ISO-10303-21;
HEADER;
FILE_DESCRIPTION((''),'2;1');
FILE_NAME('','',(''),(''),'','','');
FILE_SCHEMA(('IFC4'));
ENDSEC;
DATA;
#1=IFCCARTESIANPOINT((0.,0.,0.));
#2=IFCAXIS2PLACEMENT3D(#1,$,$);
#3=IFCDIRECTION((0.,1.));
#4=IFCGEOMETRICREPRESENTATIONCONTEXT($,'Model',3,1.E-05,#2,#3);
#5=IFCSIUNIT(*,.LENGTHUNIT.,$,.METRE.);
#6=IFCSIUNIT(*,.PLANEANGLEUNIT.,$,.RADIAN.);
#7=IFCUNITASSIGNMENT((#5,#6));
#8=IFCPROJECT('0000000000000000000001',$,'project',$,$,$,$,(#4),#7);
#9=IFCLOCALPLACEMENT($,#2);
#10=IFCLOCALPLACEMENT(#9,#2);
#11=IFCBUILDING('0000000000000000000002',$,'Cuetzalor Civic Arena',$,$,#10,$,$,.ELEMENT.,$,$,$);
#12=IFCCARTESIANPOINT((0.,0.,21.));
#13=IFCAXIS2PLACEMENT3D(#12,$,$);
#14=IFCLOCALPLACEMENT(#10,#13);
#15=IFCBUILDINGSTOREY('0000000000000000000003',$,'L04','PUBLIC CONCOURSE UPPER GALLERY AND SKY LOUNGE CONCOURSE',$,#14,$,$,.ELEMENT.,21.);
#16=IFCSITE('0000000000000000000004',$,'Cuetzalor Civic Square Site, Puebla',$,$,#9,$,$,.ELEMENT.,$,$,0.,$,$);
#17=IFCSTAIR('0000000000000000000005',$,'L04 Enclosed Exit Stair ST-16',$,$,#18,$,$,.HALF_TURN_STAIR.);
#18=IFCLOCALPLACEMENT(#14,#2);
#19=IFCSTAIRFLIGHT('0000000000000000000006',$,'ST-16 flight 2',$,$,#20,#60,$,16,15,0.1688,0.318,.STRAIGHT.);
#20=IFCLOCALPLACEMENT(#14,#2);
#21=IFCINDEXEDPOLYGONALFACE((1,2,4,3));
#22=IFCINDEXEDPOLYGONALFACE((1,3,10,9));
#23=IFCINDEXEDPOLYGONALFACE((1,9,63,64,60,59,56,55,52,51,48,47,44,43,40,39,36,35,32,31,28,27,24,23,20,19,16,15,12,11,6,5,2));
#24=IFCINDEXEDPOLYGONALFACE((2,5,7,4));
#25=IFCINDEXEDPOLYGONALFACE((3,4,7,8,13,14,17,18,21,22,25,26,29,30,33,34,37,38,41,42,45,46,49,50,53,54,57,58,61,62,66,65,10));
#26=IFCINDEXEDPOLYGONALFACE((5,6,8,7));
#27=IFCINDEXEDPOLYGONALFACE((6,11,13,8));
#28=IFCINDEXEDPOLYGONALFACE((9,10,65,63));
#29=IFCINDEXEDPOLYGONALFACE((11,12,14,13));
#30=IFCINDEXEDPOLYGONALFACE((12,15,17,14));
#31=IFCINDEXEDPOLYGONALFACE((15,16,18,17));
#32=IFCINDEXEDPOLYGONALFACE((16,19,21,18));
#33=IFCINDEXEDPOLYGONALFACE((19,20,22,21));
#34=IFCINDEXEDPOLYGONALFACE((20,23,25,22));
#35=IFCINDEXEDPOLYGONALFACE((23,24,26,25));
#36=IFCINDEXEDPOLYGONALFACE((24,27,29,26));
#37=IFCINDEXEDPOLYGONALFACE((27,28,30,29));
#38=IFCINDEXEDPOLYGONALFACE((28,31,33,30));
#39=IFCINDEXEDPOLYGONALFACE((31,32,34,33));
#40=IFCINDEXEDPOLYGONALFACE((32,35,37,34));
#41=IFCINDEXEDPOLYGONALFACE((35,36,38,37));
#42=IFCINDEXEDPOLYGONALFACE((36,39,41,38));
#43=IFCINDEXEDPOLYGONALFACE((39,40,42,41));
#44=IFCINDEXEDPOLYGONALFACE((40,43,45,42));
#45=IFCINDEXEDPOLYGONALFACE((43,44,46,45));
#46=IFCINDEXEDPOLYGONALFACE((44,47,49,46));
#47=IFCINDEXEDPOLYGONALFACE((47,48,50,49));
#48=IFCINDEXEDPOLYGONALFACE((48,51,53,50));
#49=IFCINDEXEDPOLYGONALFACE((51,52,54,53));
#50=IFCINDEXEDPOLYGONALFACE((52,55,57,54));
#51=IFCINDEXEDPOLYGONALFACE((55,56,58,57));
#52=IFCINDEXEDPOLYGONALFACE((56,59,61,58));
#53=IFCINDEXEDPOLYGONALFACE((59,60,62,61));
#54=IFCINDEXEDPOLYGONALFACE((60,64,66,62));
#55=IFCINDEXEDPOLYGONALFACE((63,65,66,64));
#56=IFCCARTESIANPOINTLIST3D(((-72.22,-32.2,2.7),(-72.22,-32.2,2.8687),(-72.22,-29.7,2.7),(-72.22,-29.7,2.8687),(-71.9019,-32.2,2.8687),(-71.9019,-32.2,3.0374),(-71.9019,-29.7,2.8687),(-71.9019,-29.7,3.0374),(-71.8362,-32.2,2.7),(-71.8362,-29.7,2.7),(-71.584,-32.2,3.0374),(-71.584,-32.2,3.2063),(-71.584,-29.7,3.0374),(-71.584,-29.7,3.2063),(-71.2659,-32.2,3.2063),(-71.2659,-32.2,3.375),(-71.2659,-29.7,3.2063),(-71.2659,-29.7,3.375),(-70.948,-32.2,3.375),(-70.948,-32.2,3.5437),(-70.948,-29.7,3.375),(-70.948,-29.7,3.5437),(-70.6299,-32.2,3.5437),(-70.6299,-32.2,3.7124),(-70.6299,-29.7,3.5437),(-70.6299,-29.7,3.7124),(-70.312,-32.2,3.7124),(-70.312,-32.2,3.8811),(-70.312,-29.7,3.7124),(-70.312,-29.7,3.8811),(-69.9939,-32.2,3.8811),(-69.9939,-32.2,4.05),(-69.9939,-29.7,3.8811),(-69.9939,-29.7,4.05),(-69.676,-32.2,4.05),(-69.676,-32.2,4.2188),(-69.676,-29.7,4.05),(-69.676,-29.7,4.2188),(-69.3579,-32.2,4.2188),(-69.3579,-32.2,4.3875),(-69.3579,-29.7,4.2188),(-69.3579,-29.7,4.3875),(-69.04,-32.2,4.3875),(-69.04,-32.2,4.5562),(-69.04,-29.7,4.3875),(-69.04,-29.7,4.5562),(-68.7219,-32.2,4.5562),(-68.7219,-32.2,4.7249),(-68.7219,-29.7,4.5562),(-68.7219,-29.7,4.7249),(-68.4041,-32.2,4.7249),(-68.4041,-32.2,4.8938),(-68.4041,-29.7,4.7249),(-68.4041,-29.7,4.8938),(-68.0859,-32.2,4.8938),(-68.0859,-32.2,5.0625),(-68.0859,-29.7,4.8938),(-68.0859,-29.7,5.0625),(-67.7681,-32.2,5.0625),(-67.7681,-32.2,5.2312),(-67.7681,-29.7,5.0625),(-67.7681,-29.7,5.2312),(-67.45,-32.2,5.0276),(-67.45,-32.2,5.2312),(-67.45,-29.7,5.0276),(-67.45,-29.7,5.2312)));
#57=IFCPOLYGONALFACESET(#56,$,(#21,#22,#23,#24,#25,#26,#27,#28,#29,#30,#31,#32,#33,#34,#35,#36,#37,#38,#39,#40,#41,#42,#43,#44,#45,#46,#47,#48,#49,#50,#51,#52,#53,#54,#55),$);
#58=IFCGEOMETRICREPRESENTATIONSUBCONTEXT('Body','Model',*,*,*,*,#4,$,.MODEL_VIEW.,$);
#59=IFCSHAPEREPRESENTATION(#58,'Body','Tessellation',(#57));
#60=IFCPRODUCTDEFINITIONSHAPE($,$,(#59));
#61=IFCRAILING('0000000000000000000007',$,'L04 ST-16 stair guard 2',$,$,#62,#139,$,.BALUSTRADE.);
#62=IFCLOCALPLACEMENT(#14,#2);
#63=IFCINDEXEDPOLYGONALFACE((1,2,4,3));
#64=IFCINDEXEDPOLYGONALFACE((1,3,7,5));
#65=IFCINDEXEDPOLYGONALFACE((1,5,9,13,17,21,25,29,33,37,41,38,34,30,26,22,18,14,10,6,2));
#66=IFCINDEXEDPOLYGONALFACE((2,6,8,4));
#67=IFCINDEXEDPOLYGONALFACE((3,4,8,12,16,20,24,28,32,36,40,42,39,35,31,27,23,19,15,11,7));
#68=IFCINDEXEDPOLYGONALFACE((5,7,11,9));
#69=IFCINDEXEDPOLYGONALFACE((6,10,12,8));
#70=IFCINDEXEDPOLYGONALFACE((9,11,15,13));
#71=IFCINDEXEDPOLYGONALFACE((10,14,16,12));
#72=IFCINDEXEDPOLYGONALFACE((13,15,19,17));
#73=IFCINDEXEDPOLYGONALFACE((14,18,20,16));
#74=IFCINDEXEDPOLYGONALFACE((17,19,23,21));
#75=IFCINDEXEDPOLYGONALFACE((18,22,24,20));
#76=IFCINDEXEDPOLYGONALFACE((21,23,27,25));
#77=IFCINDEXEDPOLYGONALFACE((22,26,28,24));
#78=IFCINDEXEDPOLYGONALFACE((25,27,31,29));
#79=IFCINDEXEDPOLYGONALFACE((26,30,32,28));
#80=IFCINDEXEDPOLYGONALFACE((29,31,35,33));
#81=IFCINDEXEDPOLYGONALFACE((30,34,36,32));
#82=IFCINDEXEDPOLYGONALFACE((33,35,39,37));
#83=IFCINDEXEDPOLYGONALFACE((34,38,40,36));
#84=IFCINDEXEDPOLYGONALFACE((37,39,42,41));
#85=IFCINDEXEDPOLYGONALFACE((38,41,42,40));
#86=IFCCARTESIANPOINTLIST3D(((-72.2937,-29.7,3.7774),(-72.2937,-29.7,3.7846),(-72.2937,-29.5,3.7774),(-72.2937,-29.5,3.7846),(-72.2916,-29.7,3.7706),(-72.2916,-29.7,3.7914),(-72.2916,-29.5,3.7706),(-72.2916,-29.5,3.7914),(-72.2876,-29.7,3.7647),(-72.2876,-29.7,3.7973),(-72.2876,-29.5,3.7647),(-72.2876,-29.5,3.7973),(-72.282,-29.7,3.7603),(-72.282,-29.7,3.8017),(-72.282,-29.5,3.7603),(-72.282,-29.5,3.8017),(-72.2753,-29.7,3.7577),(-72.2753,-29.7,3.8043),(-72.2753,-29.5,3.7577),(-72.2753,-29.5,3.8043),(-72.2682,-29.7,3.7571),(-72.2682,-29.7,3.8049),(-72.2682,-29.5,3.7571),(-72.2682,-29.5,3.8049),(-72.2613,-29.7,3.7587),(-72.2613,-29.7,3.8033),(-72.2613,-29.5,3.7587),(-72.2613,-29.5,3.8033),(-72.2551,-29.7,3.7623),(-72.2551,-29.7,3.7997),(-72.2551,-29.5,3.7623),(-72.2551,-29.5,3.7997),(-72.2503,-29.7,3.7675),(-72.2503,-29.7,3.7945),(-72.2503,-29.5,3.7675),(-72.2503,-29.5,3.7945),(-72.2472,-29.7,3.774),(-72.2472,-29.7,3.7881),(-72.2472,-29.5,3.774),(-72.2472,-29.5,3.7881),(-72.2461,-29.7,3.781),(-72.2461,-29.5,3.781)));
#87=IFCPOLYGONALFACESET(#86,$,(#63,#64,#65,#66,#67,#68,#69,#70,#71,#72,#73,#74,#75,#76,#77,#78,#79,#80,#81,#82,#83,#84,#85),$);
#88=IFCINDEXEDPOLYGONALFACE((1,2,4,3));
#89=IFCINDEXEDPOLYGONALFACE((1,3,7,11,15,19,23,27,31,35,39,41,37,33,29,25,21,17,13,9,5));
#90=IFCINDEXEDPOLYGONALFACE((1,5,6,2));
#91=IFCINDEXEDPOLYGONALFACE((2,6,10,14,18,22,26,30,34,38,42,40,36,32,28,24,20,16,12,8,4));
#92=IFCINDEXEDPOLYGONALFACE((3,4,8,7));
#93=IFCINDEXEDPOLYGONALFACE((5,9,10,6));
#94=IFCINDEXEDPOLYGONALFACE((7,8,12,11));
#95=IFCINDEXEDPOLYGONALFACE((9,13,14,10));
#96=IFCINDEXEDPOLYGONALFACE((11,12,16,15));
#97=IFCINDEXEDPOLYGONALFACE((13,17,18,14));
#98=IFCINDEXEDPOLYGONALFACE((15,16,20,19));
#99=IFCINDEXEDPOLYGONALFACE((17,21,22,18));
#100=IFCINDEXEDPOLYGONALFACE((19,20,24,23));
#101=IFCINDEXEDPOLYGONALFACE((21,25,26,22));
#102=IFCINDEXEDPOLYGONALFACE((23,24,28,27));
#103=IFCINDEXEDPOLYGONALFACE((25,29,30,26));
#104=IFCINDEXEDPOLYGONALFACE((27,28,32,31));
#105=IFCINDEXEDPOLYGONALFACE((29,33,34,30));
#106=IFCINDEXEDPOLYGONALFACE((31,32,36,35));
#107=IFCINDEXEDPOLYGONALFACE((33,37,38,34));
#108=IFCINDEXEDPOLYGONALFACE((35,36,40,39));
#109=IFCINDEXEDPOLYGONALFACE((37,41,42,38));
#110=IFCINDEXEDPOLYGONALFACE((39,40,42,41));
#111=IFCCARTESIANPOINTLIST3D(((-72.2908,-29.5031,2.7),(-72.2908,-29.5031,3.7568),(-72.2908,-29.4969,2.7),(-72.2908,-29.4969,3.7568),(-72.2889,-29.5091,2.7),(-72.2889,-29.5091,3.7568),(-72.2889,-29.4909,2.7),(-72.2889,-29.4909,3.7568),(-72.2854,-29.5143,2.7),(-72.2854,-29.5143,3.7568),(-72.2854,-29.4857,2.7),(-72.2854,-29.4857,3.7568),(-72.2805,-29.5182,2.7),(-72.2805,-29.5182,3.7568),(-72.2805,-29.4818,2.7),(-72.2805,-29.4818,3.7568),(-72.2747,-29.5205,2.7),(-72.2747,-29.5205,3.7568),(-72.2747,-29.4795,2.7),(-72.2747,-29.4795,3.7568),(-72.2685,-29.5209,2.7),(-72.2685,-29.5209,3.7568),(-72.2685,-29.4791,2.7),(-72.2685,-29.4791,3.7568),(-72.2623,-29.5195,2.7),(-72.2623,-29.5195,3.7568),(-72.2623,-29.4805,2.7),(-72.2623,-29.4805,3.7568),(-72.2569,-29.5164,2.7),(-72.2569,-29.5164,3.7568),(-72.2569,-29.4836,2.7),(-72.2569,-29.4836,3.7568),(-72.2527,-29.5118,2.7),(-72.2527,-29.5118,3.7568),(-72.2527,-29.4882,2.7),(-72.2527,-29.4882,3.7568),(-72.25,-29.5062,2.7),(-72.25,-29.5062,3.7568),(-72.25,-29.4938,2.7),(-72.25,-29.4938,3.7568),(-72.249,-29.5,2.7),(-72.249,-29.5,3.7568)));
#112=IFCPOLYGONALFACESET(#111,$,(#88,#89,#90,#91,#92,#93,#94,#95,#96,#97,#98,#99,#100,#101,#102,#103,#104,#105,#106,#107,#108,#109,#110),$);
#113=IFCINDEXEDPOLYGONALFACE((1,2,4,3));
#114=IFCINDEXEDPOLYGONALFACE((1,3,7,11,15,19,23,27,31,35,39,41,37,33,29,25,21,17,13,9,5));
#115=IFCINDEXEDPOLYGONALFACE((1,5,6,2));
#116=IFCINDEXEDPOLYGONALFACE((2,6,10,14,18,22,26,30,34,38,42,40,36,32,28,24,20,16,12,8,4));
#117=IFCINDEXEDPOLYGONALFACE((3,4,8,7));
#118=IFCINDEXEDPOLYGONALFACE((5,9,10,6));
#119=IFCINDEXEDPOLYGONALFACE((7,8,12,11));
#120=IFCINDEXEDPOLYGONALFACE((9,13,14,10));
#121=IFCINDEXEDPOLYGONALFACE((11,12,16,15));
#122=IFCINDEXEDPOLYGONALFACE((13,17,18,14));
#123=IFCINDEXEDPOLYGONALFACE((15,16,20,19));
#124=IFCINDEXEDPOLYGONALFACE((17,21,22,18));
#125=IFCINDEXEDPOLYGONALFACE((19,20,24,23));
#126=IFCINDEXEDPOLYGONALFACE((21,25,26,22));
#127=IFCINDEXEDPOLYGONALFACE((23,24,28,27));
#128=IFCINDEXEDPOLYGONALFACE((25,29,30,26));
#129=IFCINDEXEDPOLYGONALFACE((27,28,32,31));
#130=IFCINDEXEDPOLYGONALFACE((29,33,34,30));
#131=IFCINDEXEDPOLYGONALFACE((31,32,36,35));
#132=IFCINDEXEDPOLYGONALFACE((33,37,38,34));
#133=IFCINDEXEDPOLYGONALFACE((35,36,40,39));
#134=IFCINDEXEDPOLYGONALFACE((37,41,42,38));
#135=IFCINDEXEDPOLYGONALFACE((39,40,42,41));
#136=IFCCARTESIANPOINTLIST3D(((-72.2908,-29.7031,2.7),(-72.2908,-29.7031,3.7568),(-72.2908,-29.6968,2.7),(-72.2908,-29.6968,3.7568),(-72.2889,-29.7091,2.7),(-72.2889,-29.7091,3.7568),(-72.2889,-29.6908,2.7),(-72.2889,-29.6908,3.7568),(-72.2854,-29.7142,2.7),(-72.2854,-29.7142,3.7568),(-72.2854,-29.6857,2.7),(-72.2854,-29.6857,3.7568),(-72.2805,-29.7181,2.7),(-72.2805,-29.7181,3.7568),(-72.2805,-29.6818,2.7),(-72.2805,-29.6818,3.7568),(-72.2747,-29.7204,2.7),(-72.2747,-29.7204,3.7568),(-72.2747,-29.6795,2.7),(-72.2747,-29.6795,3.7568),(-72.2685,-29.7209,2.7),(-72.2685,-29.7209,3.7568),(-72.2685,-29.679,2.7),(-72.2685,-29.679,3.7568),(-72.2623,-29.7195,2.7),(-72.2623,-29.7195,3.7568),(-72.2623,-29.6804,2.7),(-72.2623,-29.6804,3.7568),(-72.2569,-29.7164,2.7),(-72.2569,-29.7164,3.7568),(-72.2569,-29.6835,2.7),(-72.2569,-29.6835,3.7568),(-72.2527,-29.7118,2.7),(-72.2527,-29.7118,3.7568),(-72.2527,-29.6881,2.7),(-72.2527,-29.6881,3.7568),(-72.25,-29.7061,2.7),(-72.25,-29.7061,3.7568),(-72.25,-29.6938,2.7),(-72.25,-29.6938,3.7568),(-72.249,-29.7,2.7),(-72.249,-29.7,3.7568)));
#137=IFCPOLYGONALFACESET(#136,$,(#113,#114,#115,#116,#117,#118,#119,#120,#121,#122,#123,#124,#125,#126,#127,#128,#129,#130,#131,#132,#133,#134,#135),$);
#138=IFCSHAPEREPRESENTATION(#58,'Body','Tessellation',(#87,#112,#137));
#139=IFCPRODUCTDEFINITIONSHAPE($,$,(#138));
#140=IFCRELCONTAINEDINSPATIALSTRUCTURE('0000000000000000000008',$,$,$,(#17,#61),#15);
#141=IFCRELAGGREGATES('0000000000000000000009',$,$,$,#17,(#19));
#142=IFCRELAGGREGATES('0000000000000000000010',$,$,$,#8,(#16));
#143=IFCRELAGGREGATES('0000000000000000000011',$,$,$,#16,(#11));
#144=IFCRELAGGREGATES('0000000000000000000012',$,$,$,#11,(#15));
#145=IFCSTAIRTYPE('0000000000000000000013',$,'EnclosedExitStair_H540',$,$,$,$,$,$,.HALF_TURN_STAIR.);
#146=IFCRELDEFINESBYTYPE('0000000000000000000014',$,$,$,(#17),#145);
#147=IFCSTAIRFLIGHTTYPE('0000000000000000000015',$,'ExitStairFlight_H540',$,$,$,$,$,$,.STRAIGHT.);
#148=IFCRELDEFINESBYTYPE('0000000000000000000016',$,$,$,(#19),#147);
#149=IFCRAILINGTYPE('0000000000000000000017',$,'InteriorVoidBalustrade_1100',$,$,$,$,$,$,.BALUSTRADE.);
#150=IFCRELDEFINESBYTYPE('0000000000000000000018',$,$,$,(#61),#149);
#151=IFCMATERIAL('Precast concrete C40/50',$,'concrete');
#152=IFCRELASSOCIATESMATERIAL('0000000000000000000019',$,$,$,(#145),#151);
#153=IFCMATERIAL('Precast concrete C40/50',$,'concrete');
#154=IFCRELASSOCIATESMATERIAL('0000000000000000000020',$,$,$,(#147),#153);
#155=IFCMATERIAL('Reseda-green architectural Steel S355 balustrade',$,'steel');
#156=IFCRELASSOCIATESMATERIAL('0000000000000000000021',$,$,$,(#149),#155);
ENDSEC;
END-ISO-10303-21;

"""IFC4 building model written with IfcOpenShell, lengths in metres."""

from ifc_helpers import new_model, si_unit, direction, frame, origin, origin_2d, place, context, subcontext, project, spatial, polyline, circle, outline, extrude, material, type_object, element, aggregate, save


model = new_model("IFC4")

# Units and contexts
model_context = context("Model", 3, precision=1e-05, world=origin(), true_north=direction((0.0, 1.0)))
body_context = subcontext(model_context, "Body", "Model", "MODEL_VIEW")
ifc_project = project(units=[si_unit("LENGTHUNIT", "METRE"), si_unit("PLANEANGLEUNIT", "RADIAN")], contexts=[model_context])

# Site, building, storey
site_placement = place(None, origin())
site = spatial("IfcSite", under=ifc_project, at=site_placement, Name="Cuetzalor Civic Square Site, Puebla", CompositionType="ELEMENT", RefElevation=0.0)
building_placement = place(site_placement, origin())
building = spatial("IfcBuilding", under=site, at=building_placement, Name="Cuetzalor Civic Arena", CompositionType="ELEMENT")
storey_placement = place(building_placement, frame((0.0, 0.0, 21.0)))
storey = spatial("IfcBuildingStorey", under=building, at=storey_placement, Name="L04", Description="PUBLIC CONCOURSE UPPER GALLERY AND SKY LOUNGE CONCOURSE", CompositionType="ELEMENT", Elevation=21.0)

# Stair, stair flight
ifc_material_1 = material(Name="Precast concrete C40/50", Category="concrete")
stair_type = type_object("IfcStairType", Name="EnclosedExitStair_H540", PredefinedType="HALF_TURN_STAIR", material=ifc_material_1)
stair_placement = place(storey_placement, origin())
stair = element("IfcStair", 1, at=stair_placement, inside=storey, type_object=stair_type, Name="L04 Enclosed Exit Stair ST-16", PredefinedType="HALF_TURN_STAIR")
ifc_material_2 = material(Name="Precast concrete C40/50", Category="concrete")
stair_flight_type = type_object("IfcStairFlightType", Name="ExitStairFlight_H540", PredefinedType="STRAIGHT", material=ifc_material_2)
stair_flight_placement = place(storey_placement, frame((-72.22, -30.95, 2.7), z_axis=(0.0, 0.0, 1.0), x_axis=(1.0, 0.0, 0.0)))
stair_flight = element("IfcStairFlight", 2, at=stair_flight_placement, type_object=stair_flight_type, Name="ST-16 flight 2", NumberOfRisers=16, NumberOfTreads=15, PredefinedType="STRAIGHT", RiserHeight=0.1688, TreadLength=0.318, context=body_context, shape_type="SweptSolid", body=[
    extrude(outline(polyline([(0.0, 0.0), (0.0, 0.1687), (0.3181, 0.1687), (0.3181, 0.3374), (0.636, 0.3374), (0.636, 0.5063), (0.9541, 0.5063), (0.9541, 0.675), (1.272, 0.675), (1.272, 0.8438), (1.5901, 0.8438), (1.5901, 1.0125), (1.908, 1.0125), (1.908, 1.1812), (2.2261, 1.1812), (2.2261, 1.3501), (2.5439, 1.3501), (2.5439, 1.5188), (2.8621, 1.5188), (2.8621, 1.6875), (3.1799, 1.6875), (3.1799, 1.8562), (3.498, 1.8562), (3.498, 2.0249), (3.8159, 2.0249), (3.8159, 2.1938), (4.134, 2.1938), (4.134, 2.3625), (4.4519, 2.3625), (4.4519, 2.5312), (4.77, 2.5312), (4.77, 2.7), (4.77, 2.3276), (0.3838, 0.0), (0.0, 0.0)])), frame((0.0, 1.25, 0.0), z_axis=(0.0, -1.0, 0.0), x_axis=(1.0, 0.0, 0.0)), (0.0, 0.0, 1.0), 2.5),
])
aggregate(stair, [stair_flight])

# Railing
ifc_material_3 = material(Name="Reseda-green architectural Steel S355 balustrade", Category="steel")
railing_type_1 = type_object("IfcRailingType", Name="InteriorVoidBalustrade_1100", PredefinedType="BALUSTRADE", material=ifc_material_3)
railing_1_placement = place(storey_placement, frame((-72.27, -29.5, 2.7)))
element("IfcRailing", 3, at=railing_1_placement, inside=storey, type_object=railing_type_1, Name="L04 ST-16 stair guard 2", PredefinedType="BALUSTRADE", context=body_context, shape_type="SweptSolid", body=[
    extrude(circle(Radius=0.0239, at=origin_2d()), frame((0.0, 0.0, 1.0811), z_axis=(0.0, -1.0, 0.0), x_axis=(1.0, 0.0, 0.0)), (0.0, 0.0, 1.0), 0.2),
    extrude(circle(Radius=0.021, at=origin_2d()), origin(), (0.0, 0.0, 1.0), 1.0569),
    extrude(circle(Radius=0.021, at=origin_2d()), frame((0.0, -0.2, 0.0)), (0.0, 0.0, 1.0), 1.0569),
])

save(model, "model.ifc")
